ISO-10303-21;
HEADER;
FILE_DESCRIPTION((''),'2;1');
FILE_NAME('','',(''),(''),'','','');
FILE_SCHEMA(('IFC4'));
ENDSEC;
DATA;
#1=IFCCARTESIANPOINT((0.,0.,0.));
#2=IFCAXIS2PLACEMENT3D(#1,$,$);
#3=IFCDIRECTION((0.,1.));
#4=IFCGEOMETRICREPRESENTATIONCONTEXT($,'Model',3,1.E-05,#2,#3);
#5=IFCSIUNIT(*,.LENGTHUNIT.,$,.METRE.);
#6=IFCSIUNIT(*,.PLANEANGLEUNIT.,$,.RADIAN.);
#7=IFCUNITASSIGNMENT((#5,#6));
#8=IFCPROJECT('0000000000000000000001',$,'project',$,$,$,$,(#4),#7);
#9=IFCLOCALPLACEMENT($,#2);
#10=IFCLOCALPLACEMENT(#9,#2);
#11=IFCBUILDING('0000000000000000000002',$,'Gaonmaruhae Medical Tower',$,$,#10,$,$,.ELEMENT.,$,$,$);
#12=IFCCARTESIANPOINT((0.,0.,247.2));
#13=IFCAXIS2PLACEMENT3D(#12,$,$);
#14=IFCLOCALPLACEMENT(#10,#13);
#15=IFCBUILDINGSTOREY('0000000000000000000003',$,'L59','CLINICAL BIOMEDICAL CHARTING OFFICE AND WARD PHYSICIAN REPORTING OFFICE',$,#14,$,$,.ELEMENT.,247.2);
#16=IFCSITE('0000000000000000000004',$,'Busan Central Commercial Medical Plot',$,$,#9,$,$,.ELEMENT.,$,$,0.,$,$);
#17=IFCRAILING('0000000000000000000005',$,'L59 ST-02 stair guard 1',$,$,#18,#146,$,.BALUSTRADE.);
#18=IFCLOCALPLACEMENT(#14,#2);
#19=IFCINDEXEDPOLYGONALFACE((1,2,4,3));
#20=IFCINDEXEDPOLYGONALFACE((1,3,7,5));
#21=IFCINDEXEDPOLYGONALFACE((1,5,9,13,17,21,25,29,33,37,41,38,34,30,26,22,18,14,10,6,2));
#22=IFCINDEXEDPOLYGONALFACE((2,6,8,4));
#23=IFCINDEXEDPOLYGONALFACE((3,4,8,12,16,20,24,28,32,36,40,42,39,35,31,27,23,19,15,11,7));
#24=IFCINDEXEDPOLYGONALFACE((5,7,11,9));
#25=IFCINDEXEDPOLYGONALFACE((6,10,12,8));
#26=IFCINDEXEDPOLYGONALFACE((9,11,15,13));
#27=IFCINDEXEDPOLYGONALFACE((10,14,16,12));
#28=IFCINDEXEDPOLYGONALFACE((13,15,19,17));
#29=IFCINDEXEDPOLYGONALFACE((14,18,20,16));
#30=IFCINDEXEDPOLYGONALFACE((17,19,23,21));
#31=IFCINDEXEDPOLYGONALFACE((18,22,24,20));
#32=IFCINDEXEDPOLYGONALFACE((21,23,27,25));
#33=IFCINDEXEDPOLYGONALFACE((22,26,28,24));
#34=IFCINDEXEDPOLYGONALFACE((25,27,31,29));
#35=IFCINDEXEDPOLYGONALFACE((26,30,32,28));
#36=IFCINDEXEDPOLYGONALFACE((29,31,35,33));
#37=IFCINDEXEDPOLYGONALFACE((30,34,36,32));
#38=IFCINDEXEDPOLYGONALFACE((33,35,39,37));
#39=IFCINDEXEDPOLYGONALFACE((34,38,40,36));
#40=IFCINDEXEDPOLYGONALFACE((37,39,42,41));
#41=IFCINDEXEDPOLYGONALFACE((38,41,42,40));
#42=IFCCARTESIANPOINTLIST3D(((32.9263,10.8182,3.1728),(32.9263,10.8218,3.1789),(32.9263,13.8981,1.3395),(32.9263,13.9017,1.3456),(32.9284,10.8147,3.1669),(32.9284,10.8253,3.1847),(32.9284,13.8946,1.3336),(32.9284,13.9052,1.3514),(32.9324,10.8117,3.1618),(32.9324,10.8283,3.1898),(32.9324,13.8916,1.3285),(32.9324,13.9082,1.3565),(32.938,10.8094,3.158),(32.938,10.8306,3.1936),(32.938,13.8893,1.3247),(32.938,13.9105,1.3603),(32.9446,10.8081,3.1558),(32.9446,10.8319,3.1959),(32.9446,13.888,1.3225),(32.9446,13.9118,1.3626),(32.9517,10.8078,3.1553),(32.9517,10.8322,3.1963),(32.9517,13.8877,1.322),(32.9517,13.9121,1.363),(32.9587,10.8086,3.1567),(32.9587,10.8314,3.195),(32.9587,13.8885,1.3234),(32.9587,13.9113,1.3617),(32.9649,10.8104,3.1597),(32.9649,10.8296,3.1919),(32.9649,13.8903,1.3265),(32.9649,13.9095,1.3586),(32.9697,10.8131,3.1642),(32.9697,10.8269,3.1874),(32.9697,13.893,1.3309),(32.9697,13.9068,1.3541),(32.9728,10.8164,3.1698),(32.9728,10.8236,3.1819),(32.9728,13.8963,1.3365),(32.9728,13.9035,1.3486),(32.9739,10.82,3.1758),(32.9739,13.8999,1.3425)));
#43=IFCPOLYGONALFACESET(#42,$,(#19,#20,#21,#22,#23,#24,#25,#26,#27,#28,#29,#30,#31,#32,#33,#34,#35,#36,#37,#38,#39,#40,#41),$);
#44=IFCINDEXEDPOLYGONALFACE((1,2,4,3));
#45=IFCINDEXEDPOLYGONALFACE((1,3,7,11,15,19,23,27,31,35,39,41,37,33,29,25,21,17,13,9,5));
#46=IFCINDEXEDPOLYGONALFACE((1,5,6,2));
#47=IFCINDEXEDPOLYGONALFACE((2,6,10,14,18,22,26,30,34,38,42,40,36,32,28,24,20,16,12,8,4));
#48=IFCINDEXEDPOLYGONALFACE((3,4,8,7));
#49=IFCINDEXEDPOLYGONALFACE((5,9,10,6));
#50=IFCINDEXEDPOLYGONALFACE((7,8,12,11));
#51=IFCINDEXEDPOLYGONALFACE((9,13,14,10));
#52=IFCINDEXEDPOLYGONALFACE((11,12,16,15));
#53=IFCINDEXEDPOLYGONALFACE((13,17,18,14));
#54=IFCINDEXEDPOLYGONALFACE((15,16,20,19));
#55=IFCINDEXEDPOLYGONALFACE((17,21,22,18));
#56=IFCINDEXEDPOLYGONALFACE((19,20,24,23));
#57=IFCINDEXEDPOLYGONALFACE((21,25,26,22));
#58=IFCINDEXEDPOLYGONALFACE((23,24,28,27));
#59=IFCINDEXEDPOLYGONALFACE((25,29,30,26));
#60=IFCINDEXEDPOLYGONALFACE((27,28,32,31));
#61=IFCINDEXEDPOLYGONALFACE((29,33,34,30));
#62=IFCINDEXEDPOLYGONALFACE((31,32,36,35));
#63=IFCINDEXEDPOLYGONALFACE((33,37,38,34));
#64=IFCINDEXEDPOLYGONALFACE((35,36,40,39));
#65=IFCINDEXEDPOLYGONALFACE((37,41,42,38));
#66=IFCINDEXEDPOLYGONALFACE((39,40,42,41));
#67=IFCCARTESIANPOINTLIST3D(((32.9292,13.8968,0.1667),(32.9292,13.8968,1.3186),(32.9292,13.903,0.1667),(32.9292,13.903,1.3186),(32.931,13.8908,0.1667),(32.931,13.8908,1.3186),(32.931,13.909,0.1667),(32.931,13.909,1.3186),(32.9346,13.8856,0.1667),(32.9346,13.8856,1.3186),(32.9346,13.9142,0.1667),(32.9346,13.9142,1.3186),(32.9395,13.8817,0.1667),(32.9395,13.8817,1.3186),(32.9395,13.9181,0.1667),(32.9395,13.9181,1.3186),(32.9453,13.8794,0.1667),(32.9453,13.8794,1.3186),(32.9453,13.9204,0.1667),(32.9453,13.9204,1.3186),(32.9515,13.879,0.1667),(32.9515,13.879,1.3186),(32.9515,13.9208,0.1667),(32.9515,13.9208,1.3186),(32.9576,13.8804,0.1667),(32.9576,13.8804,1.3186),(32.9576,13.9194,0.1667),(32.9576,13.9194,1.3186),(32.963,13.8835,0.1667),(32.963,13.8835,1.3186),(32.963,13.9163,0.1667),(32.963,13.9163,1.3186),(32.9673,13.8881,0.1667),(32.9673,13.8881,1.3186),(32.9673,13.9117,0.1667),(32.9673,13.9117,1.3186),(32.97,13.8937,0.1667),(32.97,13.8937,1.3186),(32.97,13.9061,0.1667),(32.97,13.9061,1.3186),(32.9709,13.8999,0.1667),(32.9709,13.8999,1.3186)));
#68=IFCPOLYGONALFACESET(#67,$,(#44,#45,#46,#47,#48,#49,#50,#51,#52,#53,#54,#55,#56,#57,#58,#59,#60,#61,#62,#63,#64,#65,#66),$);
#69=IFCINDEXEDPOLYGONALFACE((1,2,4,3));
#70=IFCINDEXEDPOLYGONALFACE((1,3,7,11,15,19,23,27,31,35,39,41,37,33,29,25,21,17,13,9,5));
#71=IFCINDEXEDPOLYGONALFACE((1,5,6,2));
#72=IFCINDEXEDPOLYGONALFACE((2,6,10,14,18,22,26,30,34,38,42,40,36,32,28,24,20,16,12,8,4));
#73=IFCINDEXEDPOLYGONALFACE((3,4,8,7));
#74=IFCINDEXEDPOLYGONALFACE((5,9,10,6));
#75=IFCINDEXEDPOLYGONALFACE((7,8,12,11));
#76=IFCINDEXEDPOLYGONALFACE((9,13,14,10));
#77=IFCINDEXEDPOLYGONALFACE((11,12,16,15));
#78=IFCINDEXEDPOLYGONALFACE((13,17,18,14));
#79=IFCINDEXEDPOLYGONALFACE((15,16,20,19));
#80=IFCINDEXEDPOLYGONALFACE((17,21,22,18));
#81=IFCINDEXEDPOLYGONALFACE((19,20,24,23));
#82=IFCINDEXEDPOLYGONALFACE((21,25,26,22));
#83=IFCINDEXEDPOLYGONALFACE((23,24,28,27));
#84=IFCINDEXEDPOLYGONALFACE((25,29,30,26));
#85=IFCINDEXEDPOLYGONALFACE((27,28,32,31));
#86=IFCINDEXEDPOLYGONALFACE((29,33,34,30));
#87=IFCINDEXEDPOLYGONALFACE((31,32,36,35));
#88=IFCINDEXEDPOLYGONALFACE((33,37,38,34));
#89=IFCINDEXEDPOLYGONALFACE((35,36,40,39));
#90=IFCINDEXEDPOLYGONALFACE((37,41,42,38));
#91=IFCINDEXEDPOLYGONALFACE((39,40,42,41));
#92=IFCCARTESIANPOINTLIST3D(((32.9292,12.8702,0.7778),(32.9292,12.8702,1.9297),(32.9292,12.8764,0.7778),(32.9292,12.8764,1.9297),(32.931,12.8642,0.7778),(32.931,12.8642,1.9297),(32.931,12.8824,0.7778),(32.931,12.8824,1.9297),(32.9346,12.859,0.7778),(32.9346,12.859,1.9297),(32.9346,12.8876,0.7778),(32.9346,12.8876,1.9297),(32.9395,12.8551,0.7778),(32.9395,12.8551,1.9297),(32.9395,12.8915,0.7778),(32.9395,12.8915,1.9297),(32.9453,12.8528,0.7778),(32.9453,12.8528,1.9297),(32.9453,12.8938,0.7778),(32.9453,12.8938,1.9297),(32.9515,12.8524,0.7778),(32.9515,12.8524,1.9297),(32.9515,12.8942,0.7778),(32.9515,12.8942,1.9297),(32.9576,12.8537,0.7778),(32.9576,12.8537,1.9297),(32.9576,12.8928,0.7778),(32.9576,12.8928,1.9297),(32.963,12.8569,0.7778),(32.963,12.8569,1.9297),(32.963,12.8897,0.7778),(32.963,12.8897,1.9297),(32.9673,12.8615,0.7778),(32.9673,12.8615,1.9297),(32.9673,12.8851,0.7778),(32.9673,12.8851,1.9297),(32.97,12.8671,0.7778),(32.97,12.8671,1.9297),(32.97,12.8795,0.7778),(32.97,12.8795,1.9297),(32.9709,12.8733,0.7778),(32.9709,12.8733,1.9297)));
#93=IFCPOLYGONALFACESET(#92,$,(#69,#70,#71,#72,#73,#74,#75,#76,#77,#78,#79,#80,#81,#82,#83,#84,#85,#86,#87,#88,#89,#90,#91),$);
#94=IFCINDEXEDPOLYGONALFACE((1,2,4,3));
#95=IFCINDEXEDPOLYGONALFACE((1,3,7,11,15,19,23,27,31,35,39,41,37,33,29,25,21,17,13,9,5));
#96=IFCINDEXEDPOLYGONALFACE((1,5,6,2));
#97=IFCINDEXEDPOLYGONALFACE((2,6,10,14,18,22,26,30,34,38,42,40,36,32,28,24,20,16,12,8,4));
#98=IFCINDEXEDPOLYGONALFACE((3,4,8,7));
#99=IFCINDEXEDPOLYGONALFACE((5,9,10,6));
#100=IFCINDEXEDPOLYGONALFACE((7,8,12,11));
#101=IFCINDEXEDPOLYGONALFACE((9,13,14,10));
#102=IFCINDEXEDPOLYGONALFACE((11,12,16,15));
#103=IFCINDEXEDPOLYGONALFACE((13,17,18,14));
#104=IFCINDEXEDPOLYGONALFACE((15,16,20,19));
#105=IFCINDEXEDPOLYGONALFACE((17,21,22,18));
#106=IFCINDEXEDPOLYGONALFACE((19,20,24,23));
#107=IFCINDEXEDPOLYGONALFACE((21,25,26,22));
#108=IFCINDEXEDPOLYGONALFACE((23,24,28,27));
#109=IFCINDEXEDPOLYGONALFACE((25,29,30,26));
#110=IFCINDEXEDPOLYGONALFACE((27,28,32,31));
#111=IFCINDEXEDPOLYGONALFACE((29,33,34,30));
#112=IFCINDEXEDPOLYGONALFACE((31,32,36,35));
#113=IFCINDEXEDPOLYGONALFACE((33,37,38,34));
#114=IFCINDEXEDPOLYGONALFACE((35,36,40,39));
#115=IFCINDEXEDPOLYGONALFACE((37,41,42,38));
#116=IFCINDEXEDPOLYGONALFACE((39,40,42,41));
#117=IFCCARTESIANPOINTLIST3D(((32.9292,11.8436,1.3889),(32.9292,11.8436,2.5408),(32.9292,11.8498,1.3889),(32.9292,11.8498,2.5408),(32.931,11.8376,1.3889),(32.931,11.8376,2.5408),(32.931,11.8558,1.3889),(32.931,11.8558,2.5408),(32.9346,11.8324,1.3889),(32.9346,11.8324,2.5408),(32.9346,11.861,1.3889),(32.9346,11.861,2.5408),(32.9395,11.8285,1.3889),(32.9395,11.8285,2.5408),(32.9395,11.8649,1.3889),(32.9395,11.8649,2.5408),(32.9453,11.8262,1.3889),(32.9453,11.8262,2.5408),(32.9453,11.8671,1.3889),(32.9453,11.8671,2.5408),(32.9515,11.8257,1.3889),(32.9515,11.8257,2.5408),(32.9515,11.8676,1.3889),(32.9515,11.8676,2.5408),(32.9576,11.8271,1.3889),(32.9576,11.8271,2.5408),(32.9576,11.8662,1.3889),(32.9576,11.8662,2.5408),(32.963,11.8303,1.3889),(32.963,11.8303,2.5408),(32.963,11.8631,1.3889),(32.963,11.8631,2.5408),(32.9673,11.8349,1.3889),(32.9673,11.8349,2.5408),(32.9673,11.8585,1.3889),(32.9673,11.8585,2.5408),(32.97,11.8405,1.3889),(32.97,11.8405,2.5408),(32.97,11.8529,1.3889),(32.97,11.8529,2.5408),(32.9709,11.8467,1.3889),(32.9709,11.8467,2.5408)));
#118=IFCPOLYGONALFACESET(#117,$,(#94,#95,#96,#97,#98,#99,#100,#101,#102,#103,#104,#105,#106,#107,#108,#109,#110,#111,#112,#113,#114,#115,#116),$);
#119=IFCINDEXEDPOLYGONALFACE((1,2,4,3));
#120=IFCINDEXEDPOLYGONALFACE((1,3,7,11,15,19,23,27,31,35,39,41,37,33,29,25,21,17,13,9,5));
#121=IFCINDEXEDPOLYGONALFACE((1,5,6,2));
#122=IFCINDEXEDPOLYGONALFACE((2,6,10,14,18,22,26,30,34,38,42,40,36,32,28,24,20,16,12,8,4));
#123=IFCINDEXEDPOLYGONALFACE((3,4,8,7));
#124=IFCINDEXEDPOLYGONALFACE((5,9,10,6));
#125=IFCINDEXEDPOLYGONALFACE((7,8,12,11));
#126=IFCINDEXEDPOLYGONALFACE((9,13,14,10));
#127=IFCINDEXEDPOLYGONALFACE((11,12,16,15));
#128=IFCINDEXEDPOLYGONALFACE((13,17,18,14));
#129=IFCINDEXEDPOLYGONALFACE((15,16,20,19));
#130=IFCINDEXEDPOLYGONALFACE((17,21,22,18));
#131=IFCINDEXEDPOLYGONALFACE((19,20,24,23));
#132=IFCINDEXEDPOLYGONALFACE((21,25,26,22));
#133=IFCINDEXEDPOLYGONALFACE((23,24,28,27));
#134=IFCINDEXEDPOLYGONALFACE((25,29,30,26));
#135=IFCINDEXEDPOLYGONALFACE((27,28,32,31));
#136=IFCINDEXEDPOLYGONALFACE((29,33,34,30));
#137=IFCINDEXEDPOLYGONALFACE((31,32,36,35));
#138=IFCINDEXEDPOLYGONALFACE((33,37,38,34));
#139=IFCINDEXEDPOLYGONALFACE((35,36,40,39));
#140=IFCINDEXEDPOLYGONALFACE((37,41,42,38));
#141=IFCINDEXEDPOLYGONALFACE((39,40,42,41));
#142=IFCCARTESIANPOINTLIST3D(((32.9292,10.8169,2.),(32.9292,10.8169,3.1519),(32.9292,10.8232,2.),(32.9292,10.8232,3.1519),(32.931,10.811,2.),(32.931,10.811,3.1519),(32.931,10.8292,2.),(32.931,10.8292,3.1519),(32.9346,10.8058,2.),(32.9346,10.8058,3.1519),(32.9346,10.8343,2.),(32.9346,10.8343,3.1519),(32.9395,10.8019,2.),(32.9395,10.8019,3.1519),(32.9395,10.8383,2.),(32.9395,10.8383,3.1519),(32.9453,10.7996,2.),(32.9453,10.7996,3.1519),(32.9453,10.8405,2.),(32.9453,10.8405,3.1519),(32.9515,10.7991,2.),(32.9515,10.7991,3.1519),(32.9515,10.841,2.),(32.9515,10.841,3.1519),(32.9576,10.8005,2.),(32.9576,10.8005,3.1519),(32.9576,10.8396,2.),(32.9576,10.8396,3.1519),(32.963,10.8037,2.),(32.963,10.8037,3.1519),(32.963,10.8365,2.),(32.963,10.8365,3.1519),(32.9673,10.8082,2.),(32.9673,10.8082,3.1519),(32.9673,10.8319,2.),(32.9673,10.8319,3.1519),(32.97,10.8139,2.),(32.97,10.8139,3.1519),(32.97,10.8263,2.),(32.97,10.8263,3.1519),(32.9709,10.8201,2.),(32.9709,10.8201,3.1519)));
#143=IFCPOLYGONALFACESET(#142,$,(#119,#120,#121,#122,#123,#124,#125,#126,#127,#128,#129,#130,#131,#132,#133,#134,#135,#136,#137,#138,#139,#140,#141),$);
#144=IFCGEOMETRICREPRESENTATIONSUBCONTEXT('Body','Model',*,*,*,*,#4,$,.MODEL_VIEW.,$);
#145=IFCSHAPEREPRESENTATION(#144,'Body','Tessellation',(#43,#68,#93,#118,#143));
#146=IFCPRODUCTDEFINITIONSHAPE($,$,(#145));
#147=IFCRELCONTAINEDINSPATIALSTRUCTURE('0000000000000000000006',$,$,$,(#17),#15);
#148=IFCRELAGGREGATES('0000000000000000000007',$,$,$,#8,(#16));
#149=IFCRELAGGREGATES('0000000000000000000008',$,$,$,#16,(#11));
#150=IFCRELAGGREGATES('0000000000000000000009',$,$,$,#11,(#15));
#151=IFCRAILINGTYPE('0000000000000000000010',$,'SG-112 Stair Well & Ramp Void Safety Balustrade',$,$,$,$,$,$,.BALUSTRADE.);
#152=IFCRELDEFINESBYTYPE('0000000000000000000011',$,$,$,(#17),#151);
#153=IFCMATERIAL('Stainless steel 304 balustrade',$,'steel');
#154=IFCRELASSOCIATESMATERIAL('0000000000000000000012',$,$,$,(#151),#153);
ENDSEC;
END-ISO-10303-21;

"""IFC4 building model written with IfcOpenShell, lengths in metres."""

from ifc_helpers import new_model, si_unit, direction, frame, origin, origin_2d, place, context, subcontext, project, spatial, circle, extrude, material, type_object, element, save


model = new_model("IFC4")

# Units and contexts
model_context = context("Model", 3, precision=1e-05, world=origin(), true_north=direction((0.0, 1.0)))
body_context = subcontext(model_context, "Body", "Model", "MODEL_VIEW")
ifc_project = project(units=[si_unit("LENGTHUNIT", "METRE"), si_unit("PLANEANGLEUNIT", "RADIAN")], contexts=[model_context])

# Site, building, storey
site_placement = place(None, origin())
site = spatial("IfcSite", under=ifc_project, at=site_placement, Name="Busan Central Commercial Medical Plot", CompositionType="ELEMENT", RefElevation=0.0)
building_placement = place(site_placement, origin())
building = spatial("IfcBuilding", under=site, at=building_placement, Name="Gaonmaruhae Medical Tower", CompositionType="ELEMENT")
storey_placement = place(building_placement, frame((0.0, 0.0, 247.2)))
storey = spatial("IfcBuildingStorey", under=building, at=storey_placement, Name="L59", Description="CLINICAL BIOMEDICAL CHARTING OFFICE AND WARD PHYSICIAN REPORTING OFFICE", CompositionType="ELEMENT", Elevation=247.2)

# Railing
ifc_material_1 = material(Name="Stainless steel 304 balustrade", Category="steel")
railing_type_1 = type_object("IfcRailingType", Name="SG-112 Stair Well & Ramp Void Safety Balustrade", PredefinedType="BALUSTRADE", material=ifc_material_1)
railing_1_placement = place(storey_placement, frame((32.95, 13.8999, 0.1667)))
element("IfcRailing", 1, at=railing_1_placement, inside=storey, type_object=railing_type_1, Name="L59 ST-02 stair guard 1", PredefinedType="BALUSTRADE", context=body_context, shape_type="SweptSolid", body=[
    extrude(circle(Radius=0.0239, at=origin_2d()), frame((0.0, 0.0, 1.1758), z_axis=(0.0, -0.859291, 0.511487), x_axis=(1.0, 0.0, 0.0)), (0.0, 0.0, 1.0), 3.5842),
    extrude(circle(Radius=0.021, at=origin_2d()), origin(), (0.0, 0.0, 1.0), 1.1519),
    extrude(circle(Radius=0.021, at=origin_2d()), frame((0.0, -1.0266, 0.6111)), (0.0, 0.0, 1.0), 1.1519),
    extrude(circle(Radius=0.021, at=origin_2d()), frame((0.0, -2.0532, 1.2222)), (0.0, 0.0, 1.0), 1.1519),
    extrude(circle(Radius=0.021, at=origin_2d()), frame((0.0, -3.0798, 1.8333)), (0.0, 0.0, 1.0), 1.1519),
])

save(model, "model.ifc")
